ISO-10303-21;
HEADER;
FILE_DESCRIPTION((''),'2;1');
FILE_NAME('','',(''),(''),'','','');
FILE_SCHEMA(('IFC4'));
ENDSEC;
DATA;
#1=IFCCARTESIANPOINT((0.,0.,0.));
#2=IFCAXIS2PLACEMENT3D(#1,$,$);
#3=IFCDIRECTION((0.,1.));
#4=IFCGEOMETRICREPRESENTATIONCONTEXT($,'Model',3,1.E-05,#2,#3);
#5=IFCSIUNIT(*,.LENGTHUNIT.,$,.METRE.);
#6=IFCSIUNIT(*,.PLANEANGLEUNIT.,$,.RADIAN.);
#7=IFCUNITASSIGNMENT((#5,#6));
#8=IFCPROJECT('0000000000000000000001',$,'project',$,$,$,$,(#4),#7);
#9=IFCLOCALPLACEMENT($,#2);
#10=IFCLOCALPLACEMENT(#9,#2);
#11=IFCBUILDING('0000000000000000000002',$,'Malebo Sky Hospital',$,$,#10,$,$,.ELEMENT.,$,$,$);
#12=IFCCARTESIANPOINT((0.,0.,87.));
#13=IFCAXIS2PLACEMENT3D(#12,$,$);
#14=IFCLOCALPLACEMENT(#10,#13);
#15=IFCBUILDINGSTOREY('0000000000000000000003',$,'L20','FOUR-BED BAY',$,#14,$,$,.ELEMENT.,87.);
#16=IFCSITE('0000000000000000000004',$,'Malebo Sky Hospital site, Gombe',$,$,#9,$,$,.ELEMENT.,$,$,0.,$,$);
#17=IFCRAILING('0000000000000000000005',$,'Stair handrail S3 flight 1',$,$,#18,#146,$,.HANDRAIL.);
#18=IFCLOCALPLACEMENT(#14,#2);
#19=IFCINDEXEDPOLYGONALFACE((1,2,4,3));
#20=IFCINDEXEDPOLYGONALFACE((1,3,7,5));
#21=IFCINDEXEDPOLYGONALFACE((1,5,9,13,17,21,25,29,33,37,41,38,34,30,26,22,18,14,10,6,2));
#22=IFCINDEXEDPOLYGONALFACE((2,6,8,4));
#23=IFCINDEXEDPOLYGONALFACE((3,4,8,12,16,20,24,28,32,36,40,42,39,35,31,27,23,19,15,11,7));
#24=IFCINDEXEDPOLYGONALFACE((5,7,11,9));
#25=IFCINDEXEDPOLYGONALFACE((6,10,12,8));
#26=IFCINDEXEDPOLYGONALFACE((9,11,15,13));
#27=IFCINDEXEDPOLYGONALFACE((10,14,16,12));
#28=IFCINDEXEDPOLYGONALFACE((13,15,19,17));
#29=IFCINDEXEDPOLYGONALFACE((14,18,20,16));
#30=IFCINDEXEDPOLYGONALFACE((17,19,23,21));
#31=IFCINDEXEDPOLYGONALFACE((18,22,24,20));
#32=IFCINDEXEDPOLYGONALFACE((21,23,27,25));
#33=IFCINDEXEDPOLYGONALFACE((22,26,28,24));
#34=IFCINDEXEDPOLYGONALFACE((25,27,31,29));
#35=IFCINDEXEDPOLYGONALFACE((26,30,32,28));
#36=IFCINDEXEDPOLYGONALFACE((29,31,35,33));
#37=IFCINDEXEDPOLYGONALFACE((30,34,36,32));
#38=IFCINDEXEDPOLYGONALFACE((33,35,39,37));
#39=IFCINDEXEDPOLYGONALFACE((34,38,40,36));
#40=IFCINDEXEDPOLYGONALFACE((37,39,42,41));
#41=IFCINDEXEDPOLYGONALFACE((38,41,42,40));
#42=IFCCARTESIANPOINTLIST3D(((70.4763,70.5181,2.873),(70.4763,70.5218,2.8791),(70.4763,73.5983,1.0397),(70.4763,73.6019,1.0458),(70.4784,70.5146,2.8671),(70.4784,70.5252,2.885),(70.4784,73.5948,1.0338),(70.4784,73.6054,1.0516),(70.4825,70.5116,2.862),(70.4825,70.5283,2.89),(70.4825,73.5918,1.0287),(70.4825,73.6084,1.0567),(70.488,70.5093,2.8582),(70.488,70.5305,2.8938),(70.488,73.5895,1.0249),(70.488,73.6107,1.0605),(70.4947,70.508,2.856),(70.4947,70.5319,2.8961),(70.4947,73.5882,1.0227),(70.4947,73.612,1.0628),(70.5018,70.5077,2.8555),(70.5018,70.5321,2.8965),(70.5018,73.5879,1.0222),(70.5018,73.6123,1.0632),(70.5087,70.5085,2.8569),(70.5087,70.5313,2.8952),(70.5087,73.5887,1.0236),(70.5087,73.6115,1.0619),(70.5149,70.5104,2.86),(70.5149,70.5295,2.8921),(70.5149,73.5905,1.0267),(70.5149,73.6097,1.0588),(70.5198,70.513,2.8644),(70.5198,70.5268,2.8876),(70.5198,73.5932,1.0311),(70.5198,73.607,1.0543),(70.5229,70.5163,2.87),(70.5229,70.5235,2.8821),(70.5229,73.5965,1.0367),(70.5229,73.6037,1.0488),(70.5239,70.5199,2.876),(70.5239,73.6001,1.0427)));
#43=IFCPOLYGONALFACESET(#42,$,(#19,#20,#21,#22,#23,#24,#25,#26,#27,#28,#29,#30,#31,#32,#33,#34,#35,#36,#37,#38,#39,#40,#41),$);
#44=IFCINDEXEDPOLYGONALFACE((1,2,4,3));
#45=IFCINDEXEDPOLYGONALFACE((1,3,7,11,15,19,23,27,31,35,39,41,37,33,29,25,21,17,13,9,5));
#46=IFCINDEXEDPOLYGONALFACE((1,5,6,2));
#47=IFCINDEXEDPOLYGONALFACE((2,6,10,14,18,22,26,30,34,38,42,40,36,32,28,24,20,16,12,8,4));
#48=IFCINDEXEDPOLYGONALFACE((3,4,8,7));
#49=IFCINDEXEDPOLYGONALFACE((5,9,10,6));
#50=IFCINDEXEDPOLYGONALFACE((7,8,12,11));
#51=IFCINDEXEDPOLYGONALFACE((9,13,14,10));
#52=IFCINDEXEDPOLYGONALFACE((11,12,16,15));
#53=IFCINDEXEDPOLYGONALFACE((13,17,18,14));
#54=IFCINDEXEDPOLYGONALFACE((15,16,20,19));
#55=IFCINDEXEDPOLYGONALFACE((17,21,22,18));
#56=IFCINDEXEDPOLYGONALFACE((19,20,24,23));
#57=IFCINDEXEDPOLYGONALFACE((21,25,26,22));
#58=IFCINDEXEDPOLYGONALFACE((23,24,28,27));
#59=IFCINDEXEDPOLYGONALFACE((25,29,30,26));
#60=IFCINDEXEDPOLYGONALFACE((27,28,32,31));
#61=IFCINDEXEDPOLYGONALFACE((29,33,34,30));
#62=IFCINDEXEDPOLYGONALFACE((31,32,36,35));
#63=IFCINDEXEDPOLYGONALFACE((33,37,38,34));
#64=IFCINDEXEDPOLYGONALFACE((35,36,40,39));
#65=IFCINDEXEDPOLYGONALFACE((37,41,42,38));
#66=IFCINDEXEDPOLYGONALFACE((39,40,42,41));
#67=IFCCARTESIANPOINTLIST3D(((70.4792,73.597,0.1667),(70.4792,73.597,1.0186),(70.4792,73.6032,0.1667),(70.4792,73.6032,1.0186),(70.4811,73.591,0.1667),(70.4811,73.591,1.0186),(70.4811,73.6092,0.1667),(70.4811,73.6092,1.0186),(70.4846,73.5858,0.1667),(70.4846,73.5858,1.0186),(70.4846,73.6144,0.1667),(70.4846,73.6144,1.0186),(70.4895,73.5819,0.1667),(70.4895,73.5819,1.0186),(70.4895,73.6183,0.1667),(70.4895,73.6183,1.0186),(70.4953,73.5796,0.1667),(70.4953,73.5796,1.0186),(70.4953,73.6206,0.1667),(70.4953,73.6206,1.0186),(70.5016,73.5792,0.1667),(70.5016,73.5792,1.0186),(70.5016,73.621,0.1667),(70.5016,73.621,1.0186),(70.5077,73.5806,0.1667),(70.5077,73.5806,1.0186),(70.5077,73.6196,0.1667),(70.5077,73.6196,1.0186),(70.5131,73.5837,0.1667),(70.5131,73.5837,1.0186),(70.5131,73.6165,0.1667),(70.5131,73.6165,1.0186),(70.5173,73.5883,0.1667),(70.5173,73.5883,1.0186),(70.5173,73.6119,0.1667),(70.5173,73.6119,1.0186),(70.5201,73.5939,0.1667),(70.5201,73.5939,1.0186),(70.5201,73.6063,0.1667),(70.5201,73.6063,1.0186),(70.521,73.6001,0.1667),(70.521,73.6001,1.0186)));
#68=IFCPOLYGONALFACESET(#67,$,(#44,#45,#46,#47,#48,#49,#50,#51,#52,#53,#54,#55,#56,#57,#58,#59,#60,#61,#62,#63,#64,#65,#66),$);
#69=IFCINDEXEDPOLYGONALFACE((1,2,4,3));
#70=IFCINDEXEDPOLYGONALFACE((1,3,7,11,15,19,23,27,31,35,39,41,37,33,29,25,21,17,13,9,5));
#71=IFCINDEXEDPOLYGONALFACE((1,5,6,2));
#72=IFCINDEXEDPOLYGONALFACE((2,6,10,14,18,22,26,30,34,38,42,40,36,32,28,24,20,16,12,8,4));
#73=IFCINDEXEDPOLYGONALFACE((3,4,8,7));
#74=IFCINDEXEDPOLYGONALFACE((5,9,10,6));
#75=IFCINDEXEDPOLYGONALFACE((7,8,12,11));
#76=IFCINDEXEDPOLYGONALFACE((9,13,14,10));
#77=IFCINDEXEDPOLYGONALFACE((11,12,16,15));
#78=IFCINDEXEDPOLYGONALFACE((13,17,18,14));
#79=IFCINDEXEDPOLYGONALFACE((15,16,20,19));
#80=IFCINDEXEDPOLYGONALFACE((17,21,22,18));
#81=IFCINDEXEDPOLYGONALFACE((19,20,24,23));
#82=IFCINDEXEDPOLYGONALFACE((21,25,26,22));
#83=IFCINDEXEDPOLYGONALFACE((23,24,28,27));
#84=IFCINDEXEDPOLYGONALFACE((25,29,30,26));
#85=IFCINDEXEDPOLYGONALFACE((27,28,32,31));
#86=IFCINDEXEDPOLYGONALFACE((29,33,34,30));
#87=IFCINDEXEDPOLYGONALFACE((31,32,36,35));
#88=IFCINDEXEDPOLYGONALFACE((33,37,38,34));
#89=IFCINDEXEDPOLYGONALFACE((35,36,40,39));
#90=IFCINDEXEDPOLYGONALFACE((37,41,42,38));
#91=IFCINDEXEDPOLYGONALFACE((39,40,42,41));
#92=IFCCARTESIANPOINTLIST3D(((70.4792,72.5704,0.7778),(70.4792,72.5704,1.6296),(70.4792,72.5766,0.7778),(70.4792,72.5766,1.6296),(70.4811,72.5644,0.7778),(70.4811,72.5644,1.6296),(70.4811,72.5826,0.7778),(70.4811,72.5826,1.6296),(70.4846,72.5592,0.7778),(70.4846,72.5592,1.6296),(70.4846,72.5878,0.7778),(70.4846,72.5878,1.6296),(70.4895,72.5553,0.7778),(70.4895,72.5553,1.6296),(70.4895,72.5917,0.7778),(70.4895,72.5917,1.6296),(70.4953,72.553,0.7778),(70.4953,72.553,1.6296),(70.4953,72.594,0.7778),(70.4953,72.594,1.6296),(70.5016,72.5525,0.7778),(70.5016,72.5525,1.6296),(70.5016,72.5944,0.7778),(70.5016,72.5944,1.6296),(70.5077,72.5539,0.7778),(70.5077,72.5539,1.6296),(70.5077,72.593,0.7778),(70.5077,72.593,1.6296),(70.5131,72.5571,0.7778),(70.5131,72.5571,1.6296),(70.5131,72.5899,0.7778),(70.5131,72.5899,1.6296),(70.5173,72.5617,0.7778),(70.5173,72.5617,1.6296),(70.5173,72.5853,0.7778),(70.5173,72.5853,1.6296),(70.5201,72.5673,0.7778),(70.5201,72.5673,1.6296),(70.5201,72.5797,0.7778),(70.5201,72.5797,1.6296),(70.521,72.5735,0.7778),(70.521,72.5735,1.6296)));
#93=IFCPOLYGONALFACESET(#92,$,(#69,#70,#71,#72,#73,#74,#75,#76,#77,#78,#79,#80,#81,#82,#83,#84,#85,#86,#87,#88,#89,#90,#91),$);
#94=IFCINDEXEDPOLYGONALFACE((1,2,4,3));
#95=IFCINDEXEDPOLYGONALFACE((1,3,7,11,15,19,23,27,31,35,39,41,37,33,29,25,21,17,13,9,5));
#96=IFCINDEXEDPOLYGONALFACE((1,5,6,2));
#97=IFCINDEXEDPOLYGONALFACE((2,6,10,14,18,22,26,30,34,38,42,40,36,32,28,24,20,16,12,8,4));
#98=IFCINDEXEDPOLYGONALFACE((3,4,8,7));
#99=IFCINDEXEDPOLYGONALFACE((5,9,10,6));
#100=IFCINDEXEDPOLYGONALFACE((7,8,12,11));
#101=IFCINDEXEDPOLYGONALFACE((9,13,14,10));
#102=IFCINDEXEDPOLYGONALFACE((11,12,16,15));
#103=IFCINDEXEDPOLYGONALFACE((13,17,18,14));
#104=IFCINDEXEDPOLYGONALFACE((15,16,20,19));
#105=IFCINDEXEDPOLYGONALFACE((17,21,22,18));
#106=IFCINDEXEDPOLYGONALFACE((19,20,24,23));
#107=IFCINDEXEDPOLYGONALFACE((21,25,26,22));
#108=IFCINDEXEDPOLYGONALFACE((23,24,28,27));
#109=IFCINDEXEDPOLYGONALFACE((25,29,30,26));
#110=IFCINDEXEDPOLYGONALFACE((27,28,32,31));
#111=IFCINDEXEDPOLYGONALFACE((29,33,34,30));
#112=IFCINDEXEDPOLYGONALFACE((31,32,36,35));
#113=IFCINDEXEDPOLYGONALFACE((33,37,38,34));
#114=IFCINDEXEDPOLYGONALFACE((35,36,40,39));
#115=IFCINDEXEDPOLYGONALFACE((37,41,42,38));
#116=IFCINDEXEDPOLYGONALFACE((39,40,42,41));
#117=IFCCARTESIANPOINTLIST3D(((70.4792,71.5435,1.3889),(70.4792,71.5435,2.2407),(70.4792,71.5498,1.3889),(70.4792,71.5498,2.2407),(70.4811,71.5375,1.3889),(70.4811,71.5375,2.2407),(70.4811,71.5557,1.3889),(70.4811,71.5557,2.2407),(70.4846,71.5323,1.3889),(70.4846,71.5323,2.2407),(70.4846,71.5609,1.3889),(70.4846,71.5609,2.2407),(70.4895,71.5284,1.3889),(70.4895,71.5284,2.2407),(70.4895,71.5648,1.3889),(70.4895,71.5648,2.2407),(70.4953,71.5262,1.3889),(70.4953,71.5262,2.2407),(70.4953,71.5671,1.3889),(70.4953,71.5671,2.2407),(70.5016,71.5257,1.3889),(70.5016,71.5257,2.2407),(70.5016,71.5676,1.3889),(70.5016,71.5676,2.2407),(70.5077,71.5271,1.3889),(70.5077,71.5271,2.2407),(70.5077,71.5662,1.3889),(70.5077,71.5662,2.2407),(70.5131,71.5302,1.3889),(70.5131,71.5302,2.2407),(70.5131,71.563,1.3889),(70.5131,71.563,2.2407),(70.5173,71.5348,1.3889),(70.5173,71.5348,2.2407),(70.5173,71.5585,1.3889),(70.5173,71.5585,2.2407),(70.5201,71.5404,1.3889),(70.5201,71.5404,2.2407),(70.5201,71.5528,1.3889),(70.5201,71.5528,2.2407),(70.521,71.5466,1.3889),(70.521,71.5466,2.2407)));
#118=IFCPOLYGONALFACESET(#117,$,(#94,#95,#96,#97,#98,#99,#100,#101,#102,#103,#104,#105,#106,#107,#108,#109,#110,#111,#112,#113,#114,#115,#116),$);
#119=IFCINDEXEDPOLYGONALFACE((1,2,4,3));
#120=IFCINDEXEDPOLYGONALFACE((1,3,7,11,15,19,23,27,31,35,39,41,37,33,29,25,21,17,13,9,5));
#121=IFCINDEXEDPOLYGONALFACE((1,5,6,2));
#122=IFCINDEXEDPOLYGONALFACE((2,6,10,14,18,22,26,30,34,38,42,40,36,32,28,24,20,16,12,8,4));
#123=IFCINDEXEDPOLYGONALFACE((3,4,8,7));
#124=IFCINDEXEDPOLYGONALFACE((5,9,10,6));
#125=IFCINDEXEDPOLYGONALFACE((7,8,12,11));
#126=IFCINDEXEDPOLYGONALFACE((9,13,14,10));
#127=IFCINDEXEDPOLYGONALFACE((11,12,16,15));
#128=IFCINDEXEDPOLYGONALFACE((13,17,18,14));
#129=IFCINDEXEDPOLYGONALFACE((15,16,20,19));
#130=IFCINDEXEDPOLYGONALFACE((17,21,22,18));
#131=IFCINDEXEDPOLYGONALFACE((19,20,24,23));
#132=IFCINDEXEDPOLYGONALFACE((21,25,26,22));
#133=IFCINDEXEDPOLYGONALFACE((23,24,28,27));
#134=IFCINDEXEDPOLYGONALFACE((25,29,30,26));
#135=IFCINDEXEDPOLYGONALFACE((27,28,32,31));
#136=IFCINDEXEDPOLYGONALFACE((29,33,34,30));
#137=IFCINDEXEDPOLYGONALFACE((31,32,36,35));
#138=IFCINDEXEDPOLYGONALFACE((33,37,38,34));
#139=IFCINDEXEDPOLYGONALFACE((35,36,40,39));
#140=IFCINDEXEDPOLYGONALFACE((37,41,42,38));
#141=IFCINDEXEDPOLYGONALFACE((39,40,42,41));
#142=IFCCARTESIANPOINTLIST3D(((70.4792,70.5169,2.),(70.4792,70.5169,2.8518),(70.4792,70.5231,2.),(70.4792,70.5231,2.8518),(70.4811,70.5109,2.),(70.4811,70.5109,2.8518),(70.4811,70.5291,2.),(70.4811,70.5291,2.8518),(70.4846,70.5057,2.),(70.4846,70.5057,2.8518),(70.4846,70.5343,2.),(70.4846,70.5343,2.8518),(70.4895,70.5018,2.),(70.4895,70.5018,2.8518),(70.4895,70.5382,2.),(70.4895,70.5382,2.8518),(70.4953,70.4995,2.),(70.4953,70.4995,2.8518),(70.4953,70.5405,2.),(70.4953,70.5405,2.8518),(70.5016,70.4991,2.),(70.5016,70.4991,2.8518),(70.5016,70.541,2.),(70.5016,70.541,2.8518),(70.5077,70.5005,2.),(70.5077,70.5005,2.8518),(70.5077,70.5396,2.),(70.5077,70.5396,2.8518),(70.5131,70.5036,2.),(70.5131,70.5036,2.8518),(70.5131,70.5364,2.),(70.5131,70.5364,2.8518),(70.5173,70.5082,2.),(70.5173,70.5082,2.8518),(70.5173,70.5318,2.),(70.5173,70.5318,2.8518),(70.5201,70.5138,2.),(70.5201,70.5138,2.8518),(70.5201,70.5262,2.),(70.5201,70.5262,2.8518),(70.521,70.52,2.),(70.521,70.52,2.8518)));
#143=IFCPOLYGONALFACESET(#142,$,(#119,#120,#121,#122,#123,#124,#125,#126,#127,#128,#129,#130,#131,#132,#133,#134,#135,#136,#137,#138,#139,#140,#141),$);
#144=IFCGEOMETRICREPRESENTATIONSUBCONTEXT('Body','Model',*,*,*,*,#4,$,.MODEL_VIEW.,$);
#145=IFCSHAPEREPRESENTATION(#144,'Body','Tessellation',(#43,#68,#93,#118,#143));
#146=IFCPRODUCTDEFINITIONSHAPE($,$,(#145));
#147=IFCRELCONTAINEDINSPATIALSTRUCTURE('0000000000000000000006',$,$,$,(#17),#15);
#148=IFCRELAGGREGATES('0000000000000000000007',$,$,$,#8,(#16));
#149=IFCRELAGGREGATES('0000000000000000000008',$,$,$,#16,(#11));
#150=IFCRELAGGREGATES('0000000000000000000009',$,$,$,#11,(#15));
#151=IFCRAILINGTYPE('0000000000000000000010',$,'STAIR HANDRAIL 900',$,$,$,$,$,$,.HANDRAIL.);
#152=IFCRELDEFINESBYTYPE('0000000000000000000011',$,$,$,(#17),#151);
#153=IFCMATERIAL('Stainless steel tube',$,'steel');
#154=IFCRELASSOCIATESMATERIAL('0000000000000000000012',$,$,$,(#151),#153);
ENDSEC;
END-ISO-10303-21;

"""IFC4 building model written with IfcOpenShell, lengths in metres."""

from ifc_helpers import new_model, si_unit, direction, frame, origin, origin_2d, place, context, subcontext, project, spatial, circle, extrude, material, type_object, element, save


model = new_model("IFC4")

# Units and contexts
model_context = context("Model", 3, precision=1e-05, world=origin(), true_north=direction((0.0, 1.0)))
body_context = subcontext(model_context, "Body", "Model", "MODEL_VIEW")
ifc_project = project(units=[si_unit("LENGTHUNIT", "METRE"), si_unit("PLANEANGLEUNIT", "RADIAN")], contexts=[model_context])

# Site, building, storey
site_placement = place(None, origin())
site = spatial("IfcSite", under=ifc_project, at=site_placement, Name="Malebo Sky Hospital site, Gombe", CompositionType="ELEMENT", RefElevation=0.0)
building_placement = place(site_placement, origin())
building = spatial("IfcBuilding", under=site, at=building_placement, Name="Malebo Sky Hospital", CompositionType="ELEMENT")
storey_placement = place(building_placement, frame((0.0, 0.0, 87.0)))
storey = spatial("IfcBuildingStorey", under=building, at=storey_placement, Name="L20", Description="FOUR-BED BAY", CompositionType="ELEMENT", Elevation=87.0)

# Railing
ifc_material_1 = material(Name="Stainless steel tube", Category="steel")
railing_type = type_object("IfcRailingType", Name="STAIR HANDRAIL 900", PredefinedType="HANDRAIL", material=ifc_material_1)
railing_1_placement = place(storey_placement, frame((70.5, 73.6001, 0.1667)))
element("IfcRailing", 1, at=railing_1_placement, inside=storey, type_object=railing_type, Name="Stair handrail S3 flight 1", PredefinedType="HANDRAIL", context=body_context, shape_type="SweptSolid", body=[
    extrude(circle(Radius=0.0239, at=origin_2d()), frame((0.0, 0.0, 0.876), z_axis=(0.0, -0.859309, 0.511458), x_axis=(1.0, 0.0, 0.0)), (0.0, 0.0, 1.0), 3.5845),
    extrude(circle(Radius=0.021, at=origin_2d()), origin(), (0.0, 0.0, 1.0), 0.8518),
    extrude(circle(Radius=0.021, at=origin_2d()), frame((0.0, -1.0266, 0.6111)), (0.0, 0.0, 1.0), 0.8518),
    extrude(circle(Radius=0.021, at=origin_2d()), frame((0.0, -2.0535, 1.2222)), (0.0, 0.0, 1.0), 0.8518),
    extrude(circle(Radius=0.021, at=origin_2d()), frame((0.0, -3.0801, 1.8333)), (0.0, 0.0, 1.0), 0.8518),
])

save(model, "model.ifc")
